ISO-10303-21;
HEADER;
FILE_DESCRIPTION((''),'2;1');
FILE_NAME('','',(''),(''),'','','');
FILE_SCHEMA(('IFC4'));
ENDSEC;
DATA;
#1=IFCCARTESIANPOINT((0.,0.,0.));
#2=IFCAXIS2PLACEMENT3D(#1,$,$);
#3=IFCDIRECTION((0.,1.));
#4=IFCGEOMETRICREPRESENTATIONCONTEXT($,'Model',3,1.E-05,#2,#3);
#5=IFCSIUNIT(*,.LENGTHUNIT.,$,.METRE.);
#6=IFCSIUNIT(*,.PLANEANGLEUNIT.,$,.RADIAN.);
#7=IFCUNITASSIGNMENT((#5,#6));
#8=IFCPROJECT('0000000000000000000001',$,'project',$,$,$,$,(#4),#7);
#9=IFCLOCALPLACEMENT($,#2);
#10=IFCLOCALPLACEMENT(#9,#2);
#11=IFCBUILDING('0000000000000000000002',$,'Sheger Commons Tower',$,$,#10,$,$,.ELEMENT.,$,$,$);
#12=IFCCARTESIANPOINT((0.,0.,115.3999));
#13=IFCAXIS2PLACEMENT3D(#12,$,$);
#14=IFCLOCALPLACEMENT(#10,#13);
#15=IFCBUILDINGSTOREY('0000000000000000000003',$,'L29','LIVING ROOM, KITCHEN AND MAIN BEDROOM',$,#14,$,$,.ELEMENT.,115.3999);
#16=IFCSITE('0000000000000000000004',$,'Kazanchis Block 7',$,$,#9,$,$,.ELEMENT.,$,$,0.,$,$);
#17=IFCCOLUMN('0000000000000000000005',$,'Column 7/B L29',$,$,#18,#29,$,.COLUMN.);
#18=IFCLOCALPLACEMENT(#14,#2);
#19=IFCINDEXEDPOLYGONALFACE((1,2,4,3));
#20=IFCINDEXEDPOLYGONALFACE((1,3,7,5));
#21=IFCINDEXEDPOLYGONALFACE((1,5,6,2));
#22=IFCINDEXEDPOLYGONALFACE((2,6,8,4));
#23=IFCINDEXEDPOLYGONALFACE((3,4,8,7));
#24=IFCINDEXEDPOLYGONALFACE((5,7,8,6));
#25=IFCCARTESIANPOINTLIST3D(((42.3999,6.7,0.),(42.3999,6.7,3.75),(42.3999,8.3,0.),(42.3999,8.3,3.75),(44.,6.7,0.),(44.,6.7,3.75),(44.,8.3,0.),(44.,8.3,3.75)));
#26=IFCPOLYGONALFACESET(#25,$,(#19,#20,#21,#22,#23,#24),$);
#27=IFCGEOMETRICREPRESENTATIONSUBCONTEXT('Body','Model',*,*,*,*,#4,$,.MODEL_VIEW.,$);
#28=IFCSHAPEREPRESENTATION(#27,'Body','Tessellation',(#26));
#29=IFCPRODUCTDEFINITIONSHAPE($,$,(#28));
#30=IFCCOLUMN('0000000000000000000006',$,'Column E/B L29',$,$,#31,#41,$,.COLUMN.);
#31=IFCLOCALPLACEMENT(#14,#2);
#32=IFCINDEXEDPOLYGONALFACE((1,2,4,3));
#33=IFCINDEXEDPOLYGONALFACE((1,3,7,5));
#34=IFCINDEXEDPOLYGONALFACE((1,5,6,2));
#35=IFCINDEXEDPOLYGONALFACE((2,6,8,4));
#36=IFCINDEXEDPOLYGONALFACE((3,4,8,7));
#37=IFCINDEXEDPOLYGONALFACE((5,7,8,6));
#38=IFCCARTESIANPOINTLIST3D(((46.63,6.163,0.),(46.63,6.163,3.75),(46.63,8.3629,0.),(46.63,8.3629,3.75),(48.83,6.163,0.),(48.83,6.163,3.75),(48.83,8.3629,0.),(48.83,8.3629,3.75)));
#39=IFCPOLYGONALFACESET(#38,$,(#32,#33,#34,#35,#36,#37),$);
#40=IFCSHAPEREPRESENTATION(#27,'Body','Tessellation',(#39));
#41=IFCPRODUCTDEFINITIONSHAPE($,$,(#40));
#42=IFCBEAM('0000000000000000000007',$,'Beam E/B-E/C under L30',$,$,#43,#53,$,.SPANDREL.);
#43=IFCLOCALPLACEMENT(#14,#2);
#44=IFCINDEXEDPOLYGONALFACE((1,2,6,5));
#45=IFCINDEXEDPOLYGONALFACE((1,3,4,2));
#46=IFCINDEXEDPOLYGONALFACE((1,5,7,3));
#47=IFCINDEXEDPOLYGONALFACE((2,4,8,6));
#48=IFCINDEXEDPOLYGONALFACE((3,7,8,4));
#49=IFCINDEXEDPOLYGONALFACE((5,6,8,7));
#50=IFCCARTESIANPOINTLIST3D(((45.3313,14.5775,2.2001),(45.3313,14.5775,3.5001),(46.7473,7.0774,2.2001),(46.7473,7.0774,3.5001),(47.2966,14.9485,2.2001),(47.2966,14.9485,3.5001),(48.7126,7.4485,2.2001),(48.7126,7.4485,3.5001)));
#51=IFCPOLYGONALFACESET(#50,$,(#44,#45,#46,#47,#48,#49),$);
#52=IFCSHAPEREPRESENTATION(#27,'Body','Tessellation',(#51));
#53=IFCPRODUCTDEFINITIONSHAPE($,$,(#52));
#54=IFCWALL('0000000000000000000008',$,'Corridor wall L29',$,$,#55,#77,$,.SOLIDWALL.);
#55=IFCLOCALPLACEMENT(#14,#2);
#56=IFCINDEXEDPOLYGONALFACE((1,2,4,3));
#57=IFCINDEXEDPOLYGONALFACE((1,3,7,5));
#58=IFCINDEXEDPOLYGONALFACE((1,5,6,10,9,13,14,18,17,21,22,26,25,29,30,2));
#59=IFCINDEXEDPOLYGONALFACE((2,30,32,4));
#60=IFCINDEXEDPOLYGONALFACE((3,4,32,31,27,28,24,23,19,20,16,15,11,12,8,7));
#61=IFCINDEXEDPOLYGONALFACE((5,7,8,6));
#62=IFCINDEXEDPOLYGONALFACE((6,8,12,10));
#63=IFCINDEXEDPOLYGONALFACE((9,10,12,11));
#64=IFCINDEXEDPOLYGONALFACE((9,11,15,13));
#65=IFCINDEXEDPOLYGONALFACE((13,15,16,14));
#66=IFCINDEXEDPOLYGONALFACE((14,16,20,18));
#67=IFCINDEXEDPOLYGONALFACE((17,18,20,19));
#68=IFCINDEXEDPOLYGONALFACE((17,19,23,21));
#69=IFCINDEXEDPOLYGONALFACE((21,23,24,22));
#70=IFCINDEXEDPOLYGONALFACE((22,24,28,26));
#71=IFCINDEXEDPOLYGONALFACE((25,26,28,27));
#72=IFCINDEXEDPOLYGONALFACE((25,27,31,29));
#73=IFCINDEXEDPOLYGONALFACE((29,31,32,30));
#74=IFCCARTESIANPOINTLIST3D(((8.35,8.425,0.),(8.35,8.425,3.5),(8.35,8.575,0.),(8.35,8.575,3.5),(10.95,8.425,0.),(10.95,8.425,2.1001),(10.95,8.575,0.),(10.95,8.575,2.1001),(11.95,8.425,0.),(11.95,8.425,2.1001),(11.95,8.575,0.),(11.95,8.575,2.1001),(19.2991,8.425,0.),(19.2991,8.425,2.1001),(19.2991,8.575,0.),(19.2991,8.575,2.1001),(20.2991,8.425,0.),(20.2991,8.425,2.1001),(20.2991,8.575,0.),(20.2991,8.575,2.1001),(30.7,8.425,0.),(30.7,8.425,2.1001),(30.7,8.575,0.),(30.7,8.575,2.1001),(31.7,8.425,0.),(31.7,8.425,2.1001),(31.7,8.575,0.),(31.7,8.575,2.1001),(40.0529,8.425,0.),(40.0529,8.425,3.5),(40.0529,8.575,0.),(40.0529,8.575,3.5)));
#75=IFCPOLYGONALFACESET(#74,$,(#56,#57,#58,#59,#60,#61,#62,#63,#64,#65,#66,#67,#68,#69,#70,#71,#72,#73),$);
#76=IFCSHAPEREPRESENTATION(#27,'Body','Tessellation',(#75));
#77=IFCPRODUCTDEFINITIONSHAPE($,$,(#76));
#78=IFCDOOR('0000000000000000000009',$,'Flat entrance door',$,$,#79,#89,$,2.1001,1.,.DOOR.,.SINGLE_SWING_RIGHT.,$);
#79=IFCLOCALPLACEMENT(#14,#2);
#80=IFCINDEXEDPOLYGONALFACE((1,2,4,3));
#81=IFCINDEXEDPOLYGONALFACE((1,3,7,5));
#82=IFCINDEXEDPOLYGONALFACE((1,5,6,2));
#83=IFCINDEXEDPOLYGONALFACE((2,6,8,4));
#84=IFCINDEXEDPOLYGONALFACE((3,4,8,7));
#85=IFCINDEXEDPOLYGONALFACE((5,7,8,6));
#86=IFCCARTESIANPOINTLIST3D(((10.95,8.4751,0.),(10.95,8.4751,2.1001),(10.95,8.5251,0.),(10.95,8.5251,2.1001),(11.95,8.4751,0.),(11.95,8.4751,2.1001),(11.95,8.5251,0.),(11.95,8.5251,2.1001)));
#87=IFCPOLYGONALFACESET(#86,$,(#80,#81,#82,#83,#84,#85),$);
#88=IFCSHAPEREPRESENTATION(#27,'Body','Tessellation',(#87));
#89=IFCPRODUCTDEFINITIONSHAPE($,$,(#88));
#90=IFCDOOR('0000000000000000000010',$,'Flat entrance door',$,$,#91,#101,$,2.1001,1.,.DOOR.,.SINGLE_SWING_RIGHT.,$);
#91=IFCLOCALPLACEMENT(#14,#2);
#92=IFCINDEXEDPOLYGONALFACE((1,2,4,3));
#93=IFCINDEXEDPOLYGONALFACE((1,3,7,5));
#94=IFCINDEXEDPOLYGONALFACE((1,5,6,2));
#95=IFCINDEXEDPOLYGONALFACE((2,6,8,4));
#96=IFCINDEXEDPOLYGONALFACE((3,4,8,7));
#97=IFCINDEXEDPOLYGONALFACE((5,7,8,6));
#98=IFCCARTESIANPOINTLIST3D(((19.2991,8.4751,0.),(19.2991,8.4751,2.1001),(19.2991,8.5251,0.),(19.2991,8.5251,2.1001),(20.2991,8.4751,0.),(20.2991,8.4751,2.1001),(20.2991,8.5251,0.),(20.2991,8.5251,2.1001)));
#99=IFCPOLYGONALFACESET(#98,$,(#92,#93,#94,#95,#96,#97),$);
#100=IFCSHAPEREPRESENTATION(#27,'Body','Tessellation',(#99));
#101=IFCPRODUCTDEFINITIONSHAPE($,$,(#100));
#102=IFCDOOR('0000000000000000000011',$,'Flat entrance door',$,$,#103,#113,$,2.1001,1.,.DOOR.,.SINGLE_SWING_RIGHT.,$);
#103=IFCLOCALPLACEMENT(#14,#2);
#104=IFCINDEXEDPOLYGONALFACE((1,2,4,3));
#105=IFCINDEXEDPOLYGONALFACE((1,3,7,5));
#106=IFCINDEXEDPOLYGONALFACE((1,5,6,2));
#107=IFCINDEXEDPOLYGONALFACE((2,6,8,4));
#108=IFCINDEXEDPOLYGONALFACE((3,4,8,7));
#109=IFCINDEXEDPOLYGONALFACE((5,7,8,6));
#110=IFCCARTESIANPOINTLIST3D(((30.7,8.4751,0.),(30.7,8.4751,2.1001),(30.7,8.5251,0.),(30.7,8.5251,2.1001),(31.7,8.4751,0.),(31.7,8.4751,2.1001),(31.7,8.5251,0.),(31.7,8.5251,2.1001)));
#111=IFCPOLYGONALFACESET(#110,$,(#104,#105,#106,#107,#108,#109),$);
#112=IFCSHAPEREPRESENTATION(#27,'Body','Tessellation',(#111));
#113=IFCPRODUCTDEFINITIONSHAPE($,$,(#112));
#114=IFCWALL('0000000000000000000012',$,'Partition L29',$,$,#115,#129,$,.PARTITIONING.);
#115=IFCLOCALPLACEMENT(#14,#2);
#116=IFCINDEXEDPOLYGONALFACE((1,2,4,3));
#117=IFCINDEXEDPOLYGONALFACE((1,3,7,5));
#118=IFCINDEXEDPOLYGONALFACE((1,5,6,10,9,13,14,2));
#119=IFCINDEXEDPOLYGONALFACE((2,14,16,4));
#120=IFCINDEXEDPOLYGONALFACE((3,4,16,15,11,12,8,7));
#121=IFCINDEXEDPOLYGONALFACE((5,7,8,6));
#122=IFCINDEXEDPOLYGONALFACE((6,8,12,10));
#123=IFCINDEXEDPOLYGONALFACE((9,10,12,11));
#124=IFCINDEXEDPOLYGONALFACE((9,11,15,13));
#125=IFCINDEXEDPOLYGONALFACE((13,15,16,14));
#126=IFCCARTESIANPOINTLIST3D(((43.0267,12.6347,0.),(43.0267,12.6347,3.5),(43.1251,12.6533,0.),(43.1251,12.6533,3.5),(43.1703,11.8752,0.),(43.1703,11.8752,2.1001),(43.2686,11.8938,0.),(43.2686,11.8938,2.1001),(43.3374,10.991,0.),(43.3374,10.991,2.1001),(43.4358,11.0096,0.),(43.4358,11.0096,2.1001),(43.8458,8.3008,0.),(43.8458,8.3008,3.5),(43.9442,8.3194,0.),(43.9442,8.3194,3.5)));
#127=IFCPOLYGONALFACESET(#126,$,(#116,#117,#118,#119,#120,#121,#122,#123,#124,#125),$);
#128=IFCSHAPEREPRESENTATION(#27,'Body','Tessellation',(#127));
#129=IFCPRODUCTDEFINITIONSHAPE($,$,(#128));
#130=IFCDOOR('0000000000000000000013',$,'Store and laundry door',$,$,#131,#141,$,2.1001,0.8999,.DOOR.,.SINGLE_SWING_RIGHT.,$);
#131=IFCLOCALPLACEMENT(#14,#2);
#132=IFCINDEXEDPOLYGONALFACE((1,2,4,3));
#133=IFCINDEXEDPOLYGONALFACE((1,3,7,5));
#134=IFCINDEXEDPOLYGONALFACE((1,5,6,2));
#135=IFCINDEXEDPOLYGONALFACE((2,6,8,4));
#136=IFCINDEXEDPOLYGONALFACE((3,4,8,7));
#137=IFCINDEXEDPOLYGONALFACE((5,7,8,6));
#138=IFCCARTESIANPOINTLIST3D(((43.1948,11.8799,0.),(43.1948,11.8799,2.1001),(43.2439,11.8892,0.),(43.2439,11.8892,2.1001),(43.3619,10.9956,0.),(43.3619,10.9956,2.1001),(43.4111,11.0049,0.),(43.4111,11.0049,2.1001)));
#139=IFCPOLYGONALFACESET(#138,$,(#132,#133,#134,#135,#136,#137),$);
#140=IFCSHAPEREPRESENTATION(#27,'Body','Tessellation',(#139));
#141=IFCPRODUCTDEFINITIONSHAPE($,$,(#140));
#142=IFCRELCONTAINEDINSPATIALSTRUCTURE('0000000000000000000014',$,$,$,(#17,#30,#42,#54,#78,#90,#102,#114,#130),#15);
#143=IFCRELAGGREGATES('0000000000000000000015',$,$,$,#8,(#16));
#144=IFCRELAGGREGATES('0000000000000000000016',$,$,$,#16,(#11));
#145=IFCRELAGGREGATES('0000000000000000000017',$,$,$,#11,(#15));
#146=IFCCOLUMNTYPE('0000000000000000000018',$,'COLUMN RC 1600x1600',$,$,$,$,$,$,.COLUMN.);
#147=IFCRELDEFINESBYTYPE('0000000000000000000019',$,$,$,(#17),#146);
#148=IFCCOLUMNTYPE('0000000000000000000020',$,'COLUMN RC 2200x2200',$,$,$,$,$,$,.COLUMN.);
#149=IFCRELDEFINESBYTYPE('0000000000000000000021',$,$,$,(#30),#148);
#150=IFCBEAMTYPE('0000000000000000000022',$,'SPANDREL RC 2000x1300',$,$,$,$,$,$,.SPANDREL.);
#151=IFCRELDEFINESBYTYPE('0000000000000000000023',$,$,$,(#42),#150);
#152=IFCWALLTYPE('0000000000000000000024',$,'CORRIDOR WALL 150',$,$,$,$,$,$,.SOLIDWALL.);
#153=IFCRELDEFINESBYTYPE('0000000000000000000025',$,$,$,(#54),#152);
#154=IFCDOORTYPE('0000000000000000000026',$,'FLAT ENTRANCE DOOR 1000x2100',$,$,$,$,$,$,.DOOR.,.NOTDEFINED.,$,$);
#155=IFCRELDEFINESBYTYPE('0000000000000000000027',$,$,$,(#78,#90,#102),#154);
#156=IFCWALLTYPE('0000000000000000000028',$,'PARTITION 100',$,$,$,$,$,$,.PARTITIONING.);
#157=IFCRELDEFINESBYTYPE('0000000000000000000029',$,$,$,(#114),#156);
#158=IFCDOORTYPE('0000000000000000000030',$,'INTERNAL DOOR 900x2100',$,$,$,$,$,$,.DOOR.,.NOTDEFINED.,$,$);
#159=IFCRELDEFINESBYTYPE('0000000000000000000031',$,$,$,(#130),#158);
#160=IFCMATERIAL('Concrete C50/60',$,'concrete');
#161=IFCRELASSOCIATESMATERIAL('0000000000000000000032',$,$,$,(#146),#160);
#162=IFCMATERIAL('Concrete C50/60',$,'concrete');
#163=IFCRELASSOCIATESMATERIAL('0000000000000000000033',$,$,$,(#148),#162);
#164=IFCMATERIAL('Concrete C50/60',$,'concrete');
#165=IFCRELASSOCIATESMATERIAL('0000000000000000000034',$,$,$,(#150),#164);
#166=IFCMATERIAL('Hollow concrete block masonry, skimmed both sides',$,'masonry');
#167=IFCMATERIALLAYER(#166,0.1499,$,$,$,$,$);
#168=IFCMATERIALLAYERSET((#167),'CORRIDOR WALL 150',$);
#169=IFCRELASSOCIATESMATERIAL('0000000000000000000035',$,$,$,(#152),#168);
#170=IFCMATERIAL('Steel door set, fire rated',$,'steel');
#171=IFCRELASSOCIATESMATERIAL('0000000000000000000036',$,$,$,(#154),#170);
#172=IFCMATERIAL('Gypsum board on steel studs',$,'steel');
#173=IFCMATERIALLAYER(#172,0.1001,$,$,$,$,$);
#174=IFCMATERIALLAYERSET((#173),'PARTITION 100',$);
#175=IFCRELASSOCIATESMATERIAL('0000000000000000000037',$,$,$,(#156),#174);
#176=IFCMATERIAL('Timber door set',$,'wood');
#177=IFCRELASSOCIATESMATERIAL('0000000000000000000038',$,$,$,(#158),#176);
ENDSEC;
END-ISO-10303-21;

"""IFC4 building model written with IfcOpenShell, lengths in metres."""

from ifc_helpers import new_model, si_unit, direction, frame, frame_2d, origin, origin_2d, place, context, subcontext, project, spatial, rectangle, extrude, material, layer, layer_set, material_profile, profile_set, type_object, element, fill, save


model = new_model("IFC4")

# Units and contexts
model_context = context("Model", 3, precision=1e-05, world=origin(), true_north=direction((0.0, 1.0)))
body_context = subcontext(model_context, "Body", "Model", "MODEL_VIEW")
ifc_project = project(units=[si_unit("LENGTHUNIT", "METRE"), si_unit("PLANEANGLEUNIT", "RADIAN")], contexts=[model_context])

# Site, building, storey
site_placement = place(None, origin())
site = spatial("IfcSite", under=ifc_project, at=site_placement, Name="Kazanchis Block 7", CompositionType="ELEMENT", RefElevation=0.0)
building_placement = place(site_placement, origin())
building = spatial("IfcBuilding", under=site, at=building_placement, Name="Sheger Commons Tower", CompositionType="ELEMENT")
storey_placement = place(building_placement, frame((0.0, 0.0, 115.3999)))
storey = spatial("IfcBuildingStorey", under=building, at=storey_placement, Name="L29", Description="LIVING ROOM, KITCHEN AND MAIN BEDROOM", CompositionType="ELEMENT", Elevation=115.3999)

# Columns
ifc_material_1 = material(Name="Concrete C50/60", Category="concrete")
ifc_material_profile_1 = material_profile(ifc_material_1, rectangle(XDim=1.6001, YDim=1.6001, at=origin_2d()), Name="RC 1600x1600")
ifc_profile_set_1 = profile_set([ifc_material_profile_1], Name="Concrete C50/60")
column_type_1 = type_object("IfcColumnType", Name="COLUMN RC 1600x1600", PredefinedType="COLUMN", material=ifc_profile_set_1)
column_1_placement = place(storey_placement, frame((43.2, 7.5, 0.0), z_axis=(0.0, 0.0, 1.0), x_axis=(1.0, 0.0, 0.0)))
element("IfcColumn", 1, at=column_1_placement, inside=storey, type_object=column_type_1, Name="Column 7/B L29", PredefinedType="COLUMN", context=body_context, shape_type="SweptSolid", body=[
    extrude(rectangle(XDim=1.6001, YDim=1.6001, at=origin_2d()), origin(), (0.0, 0.0, 1.0), 3.75),
])
ifc_material_2 = material(Name="Concrete C50/60", Category="concrete")
ifc_material_profile_2 = material_profile(ifc_material_2, rectangle(XDim=2.2, YDim=2.2, at=origin_2d()), Name="RC 2200x2200")
ifc_profile_set_2 = profile_set([ifc_material_profile_2], Name="Concrete C50/60")
column_type_2 = type_object("IfcColumnType", Name="COLUMN RC 2200x2200", PredefinedType="COLUMN", material=ifc_profile_set_2)
column_2_placement = place(storey_placement, frame((47.73, 7.2629, 0.0), z_axis=(0.0, 0.0, 1.0), x_axis=(1.0, 0.0, 0.0)))
element("IfcColumn", 2, at=column_2_placement, inside=storey, type_object=column_type_2, Name="Column E/B L29", PredefinedType="COLUMN", context=body_context, shape_type="SweptSolid", body=[
    extrude(rectangle(XDim=2.2, YDim=2.2, at=origin_2d()), origin(), (0.0, 0.0, 1.0), 3.75),
])

# Beam
ifc_material_3 = material(Name="Concrete C50/60", Category="concrete")
ifc_material_profile_3 = material_profile(ifc_material_3, rectangle(XDim=2.0, YDim=1.3, at=origin_2d()), Name="RC 2000x1300")
ifc_profile_set_3 = profile_set([ifc_material_profile_3], Name="Concrete C50/60")
beam_type = type_object("IfcBeamType", Name="SPANDREL RC 2000x1300", PredefinedType="SPANDREL", material=ifc_profile_set_3)
beam_placement = place(storey_placement, frame((47.73, 7.2629, 2.8501), z_axis=(-0.185524, 0.98264, 0.0), x_axis=(-0.98264, -0.185524, 0.0)))
element("IfcBeam", 3, at=beam_placement, inside=storey, type_object=beam_type, Name="Beam E/B-E/C under L30", PredefinedType="SPANDREL", context=body_context, shape_type="SweptSolid", body=[
    extrude(rectangle(XDim=2.0, YDim=1.3, at=origin_2d()), origin(), (0.0, 0.0, 1.0), 7.6326),
])

# Wall, openings, doors
ifc_material_4 = material(Name="Hollow concrete block masonry, skimmed both sides", Category="masonry")
ifc_layer_1 = layer(ifc_material_4, 0.1499)
ifc_layer_set_1 = layer_set([ifc_layer_1], Name="CORRIDOR WALL 150")
wall_type_1 = type_object("IfcWallType", Name="CORRIDOR WALL 150", PredefinedType="SOLIDWALL", material=ifc_layer_set_1)
wall_1_placement = place(storey_placement, frame((40.053, 8.5, 0.0), z_axis=(0.0, 0.0, 1.0), x_axis=(-1.0, 0.0, 0.0)))
wall_1 = element("IfcWall", 4, at=wall_1_placement, inside=storey, type_object=wall_type_1, Name="Corridor wall L29", PredefinedType="SOLIDWALL", context=body_context, shape_type="SweptSolid", body=[
    extrude(rectangle(XDim=31.7029, YDim=0.1499, at=frame_2d((15.8516, 0.0))), origin(), (0.0, 0.0, 1.0), 3.5),
])
opening_1_placement = place(wall_1_placement, frame((28.103, 0.0, 0.0)))
opening_1 = element("IfcOpeningElement", 5, at=opening_1_placement, cuts=wall_1, PredefinedType="OPENING", context=body_context, shape_type="SweptSolid", body=[
    extrude(rectangle(XDim=1.0, YDim=2.1001, at=frame_2d((0.5, 1.05))), frame((0.0, 0.085, 0.0), z_axis=(0.0, -1.0, 0.0), x_axis=(1.0, 0.0, 0.0)), (0.0, 0.0, 1.0), 0.1699),
])
opening_2_placement = place(wall_1_placement, frame((19.7539, 0.0, 0.0)))
opening_2 = element("IfcOpeningElement", 6, at=opening_2_placement, cuts=wall_1, PredefinedType="OPENING", context=body_context, shape_type="SweptSolid", body=[
    extrude(rectangle(XDim=1.0, YDim=2.1001, at=frame_2d((0.5, 1.05))), frame((0.0, 0.085, 0.0), z_axis=(0.0, -1.0, 0.0), x_axis=(1.0, 0.0, 0.0)), (0.0, 0.0, 1.0), 0.1699),
])
opening_3_placement = place(wall_1_placement, frame((8.353, 0.0, 0.0)))
opening_3 = element("IfcOpeningElement", 7, at=opening_3_placement, cuts=wall_1, PredefinedType="OPENING", context=body_context, shape_type="SweptSolid", body=[
    extrude(rectangle(XDim=1.0, YDim=2.1001, at=frame_2d((0.5, 1.05))), frame((0.0, 0.085, 0.0), z_axis=(0.0, -1.0, 0.0), x_axis=(1.0, 0.0, 0.0)), (0.0, 0.0, 1.0), 0.1699),
])
ifc_material_5 = material(Name="Steel door set, fire rated", Category="steel")
door_type_1 = type_object("IfcDoorType", Name="FLAT ENTRANCE DOOR 1000x2100", OperationType="NOTDEFINED", PredefinedType="DOOR", material=ifc_material_5)
door_1_placement = place(opening_1_placement, origin())
door_1 = element("IfcDoor", 8, at=door_1_placement, inside=storey, type_object=door_type_1, Name="Flat entrance door", OperationType="SINGLE_SWING_RIGHT", OverallHeight=2.1001, OverallWidth=1.0, PredefinedType="DOOR", context=body_context, shape_type="SweptSolid", body=[
    extrude(rectangle(XDim=1.0, YDim=2.1001, at=frame_2d((0.5, 1.05))), frame((0.0, 0.0249, 0.0), z_axis=(0.0, -1.0, 0.0), x_axis=(1.0, 0.0, 0.0)), (0.0, 0.0, 1.0), 0.05),
])
fill(opening_1, door_1)
door_2_placement = place(opening_2_placement, origin())
door_2 = element("IfcDoor", 9, at=door_2_placement, inside=storey, type_object=door_type_1, Name="Flat entrance door", OperationType="SINGLE_SWING_RIGHT", OverallHeight=2.1001, OverallWidth=1.0, PredefinedType="DOOR", context=body_context, shape_type="SweptSolid", body=[
    extrude(rectangle(XDim=1.0, YDim=2.1001, at=frame_2d((0.5, 1.05))), frame((0.0, 0.0249, 0.0), z_axis=(0.0, -1.0, 0.0), x_axis=(1.0, 0.0, 0.0)), (0.0, 0.0, 1.0), 0.05),
])
fill(opening_2, door_2)
door_3_placement = place(opening_3_placement, origin())
door_3 = element("IfcDoor", 10, at=door_3_placement, inside=storey, type_object=door_type_1, Name="Flat entrance door", OperationType="SINGLE_SWING_RIGHT", OverallHeight=2.1001, OverallWidth=1.0, PredefinedType="DOOR", context=body_context, shape_type="SweptSolid", body=[
    extrude(rectangle(XDim=1.0, YDim=2.1001, at=frame_2d((0.5, 1.05))), frame((0.0, 0.0249, 0.0), z_axis=(0.0, -1.0, 0.0), x_axis=(1.0, 0.0, 0.0)), (0.0, 0.0, 1.0), 0.05),
])
fill(opening_3, door_3)

# Wall, opening, door
ifc_material_6 = material(Name="Gypsum board on steel studs", Category="steel")
ifc_layer_2 = layer(ifc_material_6, 0.1001)
ifc_layer_set_2 = layer_set([ifc_layer_2], Name="PARTITION 100")
wall_type_2 = type_object("IfcWallType", Name="PARTITION 100", PredefinedType="PARTITIONING", material=ifc_layer_set_2)
wall_2_placement = place(storey_placement, frame((43.0759, 12.644, 0.0), z_axis=(0.0, 0.0, 1.0), x_axis=(0.185705, -0.982605, 0.0)))
wall_2 = element("IfcWall", 11, at=wall_2_placement, inside=storey, type_object=wall_type_2, Name="Partition L29", PredefinedType="PARTITIONING", context=body_context, shape_type="SweptSolid", body=[
    extrude(rectangle(XDim=4.4106, YDim=0.1001, at=frame_2d((2.2053, 0.0))), origin(), (0.0, 0.0, 1.0), 3.5),
])
opening_4_placement = place(wall_2_placement, frame((0.7729, 0.0, 0.0)))
opening_4 = element("IfcOpeningElement", 12, at=opening_4_placement, cuts=wall_2, PredefinedType="OPENING", context=body_context, shape_type="SweptSolid", body=[
    extrude(rectangle(XDim=0.8999, YDim=2.1001, at=frame_2d((0.45, 1.05))), frame((0.0, 0.0601, 0.0), z_axis=(0.0, -1.0, 0.0), x_axis=(1.0, 0.0, 0.0)), (0.0, 0.0, 1.0), 0.1201),
])
ifc_material_7 = material(Name="Timber door set", Category="wood")
door_type_2 = type_object("IfcDoorType", Name="INTERNAL DOOR 900x2100", OperationType="NOTDEFINED", PredefinedType="DOOR", material=ifc_material_7)
door_4_placement = place(opening_4_placement, origin())
door_4 = element("IfcDoor", 13, at=door_4_placement, inside=storey, type_object=door_type_2, Name="Store and laundry door", OperationType="SINGLE_SWING_RIGHT", OverallHeight=2.1001, OverallWidth=0.8999, PredefinedType="DOOR", context=body_context, shape_type="SweptSolid", body=[
    extrude(rectangle(XDim=0.8999, YDim=2.1001, at=frame_2d((0.45, 1.05))), frame((0.0, 0.0249, 0.0), z_axis=(0.0, -1.0, 0.0), x_axis=(1.0, 0.0, 0.0)), (0.0, 0.0, 1.0), 0.05),
])
fill(opening_4, door_4)

save(model, "model.ifc")
